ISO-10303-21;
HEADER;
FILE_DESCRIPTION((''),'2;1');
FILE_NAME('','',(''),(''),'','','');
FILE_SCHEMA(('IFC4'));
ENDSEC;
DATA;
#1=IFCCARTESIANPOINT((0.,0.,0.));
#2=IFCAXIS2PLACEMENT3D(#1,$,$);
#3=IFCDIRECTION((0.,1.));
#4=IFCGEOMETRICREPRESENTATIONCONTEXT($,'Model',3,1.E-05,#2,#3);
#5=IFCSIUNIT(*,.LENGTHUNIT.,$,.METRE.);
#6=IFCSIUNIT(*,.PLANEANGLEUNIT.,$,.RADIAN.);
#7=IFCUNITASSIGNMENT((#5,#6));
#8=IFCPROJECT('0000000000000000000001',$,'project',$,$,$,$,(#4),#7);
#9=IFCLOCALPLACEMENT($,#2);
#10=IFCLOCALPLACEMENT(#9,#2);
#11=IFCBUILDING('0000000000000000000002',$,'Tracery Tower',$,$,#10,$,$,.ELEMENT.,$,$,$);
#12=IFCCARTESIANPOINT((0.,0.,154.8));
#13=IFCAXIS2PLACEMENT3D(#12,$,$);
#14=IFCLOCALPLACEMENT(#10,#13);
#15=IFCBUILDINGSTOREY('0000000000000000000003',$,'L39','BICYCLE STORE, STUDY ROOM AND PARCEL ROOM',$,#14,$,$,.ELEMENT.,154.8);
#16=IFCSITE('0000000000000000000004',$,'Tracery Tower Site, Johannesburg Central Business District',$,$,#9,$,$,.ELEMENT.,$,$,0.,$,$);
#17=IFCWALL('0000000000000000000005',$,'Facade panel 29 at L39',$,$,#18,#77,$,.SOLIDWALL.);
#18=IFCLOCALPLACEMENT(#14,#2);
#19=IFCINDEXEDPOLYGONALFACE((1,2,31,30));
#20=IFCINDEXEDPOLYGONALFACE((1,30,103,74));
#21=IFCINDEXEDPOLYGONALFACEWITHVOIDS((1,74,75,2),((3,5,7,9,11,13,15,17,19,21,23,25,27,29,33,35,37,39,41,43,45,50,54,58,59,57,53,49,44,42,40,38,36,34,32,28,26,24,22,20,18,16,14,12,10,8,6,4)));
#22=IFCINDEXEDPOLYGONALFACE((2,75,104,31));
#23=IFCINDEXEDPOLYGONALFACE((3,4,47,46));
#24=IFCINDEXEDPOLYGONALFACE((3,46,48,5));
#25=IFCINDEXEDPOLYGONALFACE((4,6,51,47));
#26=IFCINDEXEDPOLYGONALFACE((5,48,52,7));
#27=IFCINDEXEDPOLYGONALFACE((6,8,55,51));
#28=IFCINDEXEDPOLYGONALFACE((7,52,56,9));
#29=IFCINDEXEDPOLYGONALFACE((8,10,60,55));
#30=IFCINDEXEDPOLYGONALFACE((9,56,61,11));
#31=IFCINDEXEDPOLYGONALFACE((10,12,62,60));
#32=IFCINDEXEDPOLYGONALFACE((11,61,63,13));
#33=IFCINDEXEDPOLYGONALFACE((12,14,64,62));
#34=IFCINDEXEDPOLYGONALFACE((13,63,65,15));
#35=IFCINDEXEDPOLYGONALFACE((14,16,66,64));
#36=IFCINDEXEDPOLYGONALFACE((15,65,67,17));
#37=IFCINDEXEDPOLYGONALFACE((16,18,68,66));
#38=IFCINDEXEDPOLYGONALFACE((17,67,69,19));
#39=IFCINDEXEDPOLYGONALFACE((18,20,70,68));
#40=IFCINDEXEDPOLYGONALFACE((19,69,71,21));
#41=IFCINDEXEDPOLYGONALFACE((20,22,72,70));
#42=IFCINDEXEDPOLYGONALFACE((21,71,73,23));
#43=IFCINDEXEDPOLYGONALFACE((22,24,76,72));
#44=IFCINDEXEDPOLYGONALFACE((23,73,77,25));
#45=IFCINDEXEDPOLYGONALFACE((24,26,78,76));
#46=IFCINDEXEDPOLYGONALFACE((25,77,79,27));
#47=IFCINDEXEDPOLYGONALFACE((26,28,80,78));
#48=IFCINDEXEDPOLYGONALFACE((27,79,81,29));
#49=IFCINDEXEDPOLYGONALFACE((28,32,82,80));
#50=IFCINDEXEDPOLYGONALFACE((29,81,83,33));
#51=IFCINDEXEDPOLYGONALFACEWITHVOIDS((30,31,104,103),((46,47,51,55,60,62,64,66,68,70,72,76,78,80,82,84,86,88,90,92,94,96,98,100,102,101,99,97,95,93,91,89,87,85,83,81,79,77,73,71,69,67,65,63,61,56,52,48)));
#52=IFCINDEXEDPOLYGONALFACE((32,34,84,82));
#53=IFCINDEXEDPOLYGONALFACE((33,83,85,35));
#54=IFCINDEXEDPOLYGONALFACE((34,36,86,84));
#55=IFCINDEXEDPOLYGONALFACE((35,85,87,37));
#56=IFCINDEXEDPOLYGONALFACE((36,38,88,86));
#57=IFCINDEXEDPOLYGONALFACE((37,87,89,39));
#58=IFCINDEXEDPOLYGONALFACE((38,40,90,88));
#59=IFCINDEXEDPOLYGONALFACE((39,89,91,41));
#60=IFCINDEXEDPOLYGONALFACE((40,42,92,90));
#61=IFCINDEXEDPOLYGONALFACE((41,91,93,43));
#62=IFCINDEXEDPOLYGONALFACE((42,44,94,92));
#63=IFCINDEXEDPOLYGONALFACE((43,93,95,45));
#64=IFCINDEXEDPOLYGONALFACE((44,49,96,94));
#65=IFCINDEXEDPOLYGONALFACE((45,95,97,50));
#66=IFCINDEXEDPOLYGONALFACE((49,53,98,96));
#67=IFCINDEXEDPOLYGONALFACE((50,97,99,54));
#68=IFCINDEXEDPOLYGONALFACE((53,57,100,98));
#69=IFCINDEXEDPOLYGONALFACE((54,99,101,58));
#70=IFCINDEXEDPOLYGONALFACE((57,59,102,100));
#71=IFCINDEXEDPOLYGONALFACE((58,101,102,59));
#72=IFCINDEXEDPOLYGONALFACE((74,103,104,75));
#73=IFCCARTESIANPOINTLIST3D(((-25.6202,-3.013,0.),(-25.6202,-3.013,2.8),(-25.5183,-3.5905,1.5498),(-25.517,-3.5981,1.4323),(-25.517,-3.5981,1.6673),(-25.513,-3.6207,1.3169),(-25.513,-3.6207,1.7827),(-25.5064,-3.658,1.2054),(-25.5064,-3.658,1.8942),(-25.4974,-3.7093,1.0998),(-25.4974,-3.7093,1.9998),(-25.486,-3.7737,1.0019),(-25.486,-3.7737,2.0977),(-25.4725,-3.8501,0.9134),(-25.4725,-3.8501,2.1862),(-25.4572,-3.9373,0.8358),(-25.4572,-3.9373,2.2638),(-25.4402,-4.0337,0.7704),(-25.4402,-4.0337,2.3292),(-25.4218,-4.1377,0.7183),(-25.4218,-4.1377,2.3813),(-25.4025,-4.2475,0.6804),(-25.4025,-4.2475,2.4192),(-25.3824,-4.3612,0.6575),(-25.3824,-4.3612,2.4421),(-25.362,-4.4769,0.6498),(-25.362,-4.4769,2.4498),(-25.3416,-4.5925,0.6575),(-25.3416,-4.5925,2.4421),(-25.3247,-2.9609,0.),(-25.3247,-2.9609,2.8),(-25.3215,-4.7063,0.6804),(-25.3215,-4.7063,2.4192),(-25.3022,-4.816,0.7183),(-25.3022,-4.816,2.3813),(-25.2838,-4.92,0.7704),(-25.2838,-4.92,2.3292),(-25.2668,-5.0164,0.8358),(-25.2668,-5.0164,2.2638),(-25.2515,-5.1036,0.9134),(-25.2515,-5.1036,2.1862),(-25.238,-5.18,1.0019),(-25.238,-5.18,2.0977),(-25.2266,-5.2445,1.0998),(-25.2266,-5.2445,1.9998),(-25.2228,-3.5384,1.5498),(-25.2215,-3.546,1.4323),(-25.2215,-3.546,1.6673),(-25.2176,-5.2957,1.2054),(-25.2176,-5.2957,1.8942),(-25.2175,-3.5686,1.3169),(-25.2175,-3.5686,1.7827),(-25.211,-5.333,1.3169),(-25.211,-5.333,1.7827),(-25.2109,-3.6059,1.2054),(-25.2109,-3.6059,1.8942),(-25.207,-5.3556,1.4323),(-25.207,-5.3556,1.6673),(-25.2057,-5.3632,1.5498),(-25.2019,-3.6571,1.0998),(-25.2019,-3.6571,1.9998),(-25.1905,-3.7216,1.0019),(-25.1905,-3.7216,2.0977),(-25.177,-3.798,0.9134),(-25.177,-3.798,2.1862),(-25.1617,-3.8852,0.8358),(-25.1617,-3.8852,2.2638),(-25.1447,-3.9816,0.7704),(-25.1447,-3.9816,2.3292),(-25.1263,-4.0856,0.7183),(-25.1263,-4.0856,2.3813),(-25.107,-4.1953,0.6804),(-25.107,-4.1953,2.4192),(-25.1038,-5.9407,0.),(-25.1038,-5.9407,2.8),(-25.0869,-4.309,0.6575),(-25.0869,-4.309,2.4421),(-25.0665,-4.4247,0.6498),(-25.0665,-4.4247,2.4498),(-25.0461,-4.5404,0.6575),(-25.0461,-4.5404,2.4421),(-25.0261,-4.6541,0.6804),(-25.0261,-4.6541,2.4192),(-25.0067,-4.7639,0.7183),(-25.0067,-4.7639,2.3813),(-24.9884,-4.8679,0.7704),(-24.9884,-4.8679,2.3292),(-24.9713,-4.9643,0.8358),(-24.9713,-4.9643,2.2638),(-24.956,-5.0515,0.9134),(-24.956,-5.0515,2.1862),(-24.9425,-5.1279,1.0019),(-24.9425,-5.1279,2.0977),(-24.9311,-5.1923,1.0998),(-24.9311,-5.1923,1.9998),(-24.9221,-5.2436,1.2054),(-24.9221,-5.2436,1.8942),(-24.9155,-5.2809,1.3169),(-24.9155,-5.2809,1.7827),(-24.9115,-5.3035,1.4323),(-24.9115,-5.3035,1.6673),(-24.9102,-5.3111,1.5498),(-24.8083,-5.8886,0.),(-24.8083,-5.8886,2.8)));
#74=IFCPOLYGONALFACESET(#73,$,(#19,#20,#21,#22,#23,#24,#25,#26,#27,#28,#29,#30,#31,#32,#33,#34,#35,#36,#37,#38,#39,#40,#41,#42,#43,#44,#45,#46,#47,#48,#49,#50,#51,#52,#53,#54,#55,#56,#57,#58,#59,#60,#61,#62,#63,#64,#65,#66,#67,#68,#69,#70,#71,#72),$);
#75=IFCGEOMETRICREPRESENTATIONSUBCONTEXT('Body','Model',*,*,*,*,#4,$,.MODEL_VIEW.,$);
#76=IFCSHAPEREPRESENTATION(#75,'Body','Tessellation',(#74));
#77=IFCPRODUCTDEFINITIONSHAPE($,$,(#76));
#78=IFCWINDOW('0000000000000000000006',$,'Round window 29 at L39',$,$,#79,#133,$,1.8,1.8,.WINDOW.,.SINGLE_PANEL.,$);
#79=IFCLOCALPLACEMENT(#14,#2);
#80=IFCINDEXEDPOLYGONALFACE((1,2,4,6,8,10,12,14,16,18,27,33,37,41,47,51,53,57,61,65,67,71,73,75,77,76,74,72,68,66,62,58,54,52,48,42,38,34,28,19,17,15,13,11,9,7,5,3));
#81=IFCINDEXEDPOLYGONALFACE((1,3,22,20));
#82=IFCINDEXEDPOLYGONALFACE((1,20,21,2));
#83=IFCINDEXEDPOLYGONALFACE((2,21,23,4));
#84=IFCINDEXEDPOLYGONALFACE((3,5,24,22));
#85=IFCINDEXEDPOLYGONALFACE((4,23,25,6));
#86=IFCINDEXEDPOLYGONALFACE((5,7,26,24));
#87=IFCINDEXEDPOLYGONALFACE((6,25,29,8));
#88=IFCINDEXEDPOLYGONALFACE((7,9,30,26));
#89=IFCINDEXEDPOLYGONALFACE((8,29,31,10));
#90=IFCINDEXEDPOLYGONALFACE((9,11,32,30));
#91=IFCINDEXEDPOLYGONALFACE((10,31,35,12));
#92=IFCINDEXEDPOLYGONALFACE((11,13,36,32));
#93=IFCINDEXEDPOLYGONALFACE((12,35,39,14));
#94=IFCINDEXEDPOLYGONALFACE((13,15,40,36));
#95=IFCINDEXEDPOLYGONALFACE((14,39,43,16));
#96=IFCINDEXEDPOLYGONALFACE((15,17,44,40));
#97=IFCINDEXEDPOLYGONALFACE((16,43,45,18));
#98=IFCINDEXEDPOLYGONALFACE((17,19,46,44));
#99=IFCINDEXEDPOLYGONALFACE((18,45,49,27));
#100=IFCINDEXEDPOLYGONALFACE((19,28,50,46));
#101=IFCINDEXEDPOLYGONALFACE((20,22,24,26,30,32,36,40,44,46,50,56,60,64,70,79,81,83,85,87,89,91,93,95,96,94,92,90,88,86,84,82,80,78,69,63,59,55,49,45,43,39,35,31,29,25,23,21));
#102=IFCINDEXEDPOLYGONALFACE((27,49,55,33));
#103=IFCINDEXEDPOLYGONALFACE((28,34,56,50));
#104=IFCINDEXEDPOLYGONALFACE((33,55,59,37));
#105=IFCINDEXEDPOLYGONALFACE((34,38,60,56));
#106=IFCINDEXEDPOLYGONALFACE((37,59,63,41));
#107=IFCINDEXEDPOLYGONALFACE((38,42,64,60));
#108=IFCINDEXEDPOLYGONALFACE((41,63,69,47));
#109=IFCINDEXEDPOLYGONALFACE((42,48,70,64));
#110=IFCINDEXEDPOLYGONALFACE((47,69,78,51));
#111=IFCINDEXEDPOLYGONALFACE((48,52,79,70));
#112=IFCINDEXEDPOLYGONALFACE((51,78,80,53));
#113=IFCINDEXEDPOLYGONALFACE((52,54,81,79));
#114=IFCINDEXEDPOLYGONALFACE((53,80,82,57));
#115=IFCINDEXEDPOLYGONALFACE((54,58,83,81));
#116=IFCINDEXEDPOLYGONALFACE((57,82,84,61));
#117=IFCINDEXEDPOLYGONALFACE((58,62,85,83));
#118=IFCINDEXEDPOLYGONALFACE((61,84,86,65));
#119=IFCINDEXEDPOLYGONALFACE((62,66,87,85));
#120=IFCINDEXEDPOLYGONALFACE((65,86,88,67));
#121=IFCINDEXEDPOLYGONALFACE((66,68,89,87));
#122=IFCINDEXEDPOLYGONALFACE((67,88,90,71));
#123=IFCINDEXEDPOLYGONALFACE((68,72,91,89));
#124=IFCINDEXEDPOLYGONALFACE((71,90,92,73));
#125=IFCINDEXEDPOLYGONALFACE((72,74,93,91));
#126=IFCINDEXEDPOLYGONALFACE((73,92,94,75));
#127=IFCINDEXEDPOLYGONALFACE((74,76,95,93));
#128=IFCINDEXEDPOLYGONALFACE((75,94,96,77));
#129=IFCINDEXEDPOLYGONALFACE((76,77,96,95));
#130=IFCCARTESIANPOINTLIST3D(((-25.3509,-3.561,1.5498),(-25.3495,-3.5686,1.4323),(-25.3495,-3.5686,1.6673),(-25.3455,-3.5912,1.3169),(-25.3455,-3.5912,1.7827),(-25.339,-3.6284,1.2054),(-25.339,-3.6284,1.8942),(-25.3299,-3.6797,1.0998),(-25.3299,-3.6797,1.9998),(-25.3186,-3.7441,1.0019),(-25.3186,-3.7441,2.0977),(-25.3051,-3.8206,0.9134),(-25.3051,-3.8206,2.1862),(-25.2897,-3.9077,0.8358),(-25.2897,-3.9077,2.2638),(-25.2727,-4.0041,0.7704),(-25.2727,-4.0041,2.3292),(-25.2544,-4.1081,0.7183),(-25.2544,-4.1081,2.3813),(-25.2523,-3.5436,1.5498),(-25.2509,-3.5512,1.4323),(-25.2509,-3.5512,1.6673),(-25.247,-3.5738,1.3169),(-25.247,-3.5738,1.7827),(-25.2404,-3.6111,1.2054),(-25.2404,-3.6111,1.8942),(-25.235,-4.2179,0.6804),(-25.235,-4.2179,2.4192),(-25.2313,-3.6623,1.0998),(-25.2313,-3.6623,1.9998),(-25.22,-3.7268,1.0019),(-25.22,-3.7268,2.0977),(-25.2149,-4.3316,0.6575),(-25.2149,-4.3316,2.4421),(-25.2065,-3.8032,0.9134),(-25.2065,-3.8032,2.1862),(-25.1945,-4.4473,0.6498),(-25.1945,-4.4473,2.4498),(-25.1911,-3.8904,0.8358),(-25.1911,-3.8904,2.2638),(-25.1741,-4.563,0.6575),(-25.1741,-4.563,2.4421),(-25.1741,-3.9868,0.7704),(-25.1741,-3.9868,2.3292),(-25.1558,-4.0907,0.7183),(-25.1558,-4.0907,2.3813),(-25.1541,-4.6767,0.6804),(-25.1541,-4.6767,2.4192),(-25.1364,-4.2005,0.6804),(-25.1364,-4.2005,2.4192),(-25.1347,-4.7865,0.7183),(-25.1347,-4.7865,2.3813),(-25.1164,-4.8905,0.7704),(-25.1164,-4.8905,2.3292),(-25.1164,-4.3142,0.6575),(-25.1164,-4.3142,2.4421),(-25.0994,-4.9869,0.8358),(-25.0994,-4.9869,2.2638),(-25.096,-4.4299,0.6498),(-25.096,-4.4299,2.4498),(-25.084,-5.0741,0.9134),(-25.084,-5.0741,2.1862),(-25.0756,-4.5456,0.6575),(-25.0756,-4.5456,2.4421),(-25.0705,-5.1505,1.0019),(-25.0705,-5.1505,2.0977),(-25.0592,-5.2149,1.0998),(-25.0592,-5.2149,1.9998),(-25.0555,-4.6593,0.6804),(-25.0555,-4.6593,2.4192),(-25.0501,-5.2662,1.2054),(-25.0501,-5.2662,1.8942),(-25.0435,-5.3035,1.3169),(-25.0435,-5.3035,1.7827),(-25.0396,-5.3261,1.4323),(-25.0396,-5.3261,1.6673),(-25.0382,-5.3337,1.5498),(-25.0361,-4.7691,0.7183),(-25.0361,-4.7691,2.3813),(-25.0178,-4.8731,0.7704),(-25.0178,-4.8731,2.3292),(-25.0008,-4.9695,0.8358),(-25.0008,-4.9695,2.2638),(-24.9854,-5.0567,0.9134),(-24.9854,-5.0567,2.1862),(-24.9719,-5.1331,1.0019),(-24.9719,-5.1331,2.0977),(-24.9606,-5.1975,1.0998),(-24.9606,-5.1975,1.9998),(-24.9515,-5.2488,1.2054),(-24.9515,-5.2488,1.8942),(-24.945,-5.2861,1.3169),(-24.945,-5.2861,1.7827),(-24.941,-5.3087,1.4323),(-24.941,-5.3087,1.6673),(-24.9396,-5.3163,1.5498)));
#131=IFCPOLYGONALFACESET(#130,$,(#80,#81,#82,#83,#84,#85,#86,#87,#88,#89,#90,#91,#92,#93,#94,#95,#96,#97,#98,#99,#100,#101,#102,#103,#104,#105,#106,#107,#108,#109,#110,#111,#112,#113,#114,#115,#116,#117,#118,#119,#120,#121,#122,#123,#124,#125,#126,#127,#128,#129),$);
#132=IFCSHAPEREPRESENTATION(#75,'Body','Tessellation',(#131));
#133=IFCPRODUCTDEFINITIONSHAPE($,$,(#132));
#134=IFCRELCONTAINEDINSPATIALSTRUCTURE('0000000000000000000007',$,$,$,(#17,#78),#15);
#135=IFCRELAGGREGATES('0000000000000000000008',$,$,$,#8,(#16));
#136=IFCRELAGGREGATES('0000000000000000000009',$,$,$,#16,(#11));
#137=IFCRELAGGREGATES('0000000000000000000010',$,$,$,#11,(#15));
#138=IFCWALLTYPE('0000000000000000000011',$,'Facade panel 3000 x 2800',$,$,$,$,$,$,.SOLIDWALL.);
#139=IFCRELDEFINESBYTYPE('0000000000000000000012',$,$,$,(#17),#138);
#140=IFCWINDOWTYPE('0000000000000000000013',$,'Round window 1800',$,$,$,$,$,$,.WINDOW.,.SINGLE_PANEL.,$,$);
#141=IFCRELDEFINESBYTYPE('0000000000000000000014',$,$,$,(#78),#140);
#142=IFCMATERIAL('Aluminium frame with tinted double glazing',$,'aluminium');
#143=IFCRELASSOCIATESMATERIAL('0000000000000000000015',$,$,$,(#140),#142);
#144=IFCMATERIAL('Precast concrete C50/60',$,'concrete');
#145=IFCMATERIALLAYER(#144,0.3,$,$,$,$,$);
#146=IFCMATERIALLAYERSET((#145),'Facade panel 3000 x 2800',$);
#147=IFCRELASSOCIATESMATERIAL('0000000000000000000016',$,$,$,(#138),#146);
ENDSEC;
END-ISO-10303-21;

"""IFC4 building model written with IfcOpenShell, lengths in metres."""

from ifc_helpers import new_model, si_unit, direction, frame, frame_2d, origin, origin_2d, place, context, subcontext, project, spatial, rectangle, circle, extrude, material, layer, layer_set, type_object, element, fill, save


model = new_model("IFC4")

# Units and contexts
model_context = context("Model", 3, precision=1e-05, world=origin(), true_north=direction((0.0, 1.0)))
body_context = subcontext(model_context, "Body", "Model", "MODEL_VIEW")
ifc_project = project(units=[si_unit("LENGTHUNIT", "METRE"), si_unit("PLANEANGLEUNIT", "RADIAN")], contexts=[model_context])

# Site, building, storey
site_placement = place(None, origin())
site = spatial("IfcSite", under=ifc_project, at=site_placement, Name="Tracery Tower Site, Johannesburg Central Business District", CompositionType="ELEMENT", RefElevation=0.0)
building_placement = place(site_placement, origin())
building = spatial("IfcBuilding", under=site, at=building_placement, Name="Tracery Tower", CompositionType="ELEMENT")
storey_placement = place(building_placement, frame((0.0, 0.0, 154.8)))
storey = spatial("IfcBuildingStorey", under=building, at=storey_placement, Name="L39", Description="BICYCLE STORE, STUDY ROOM AND PARCEL ROOM", CompositionType="ELEMENT", Elevation=154.8)

# Wall, opening, window
ifc_material_1 = material(Name="Aluminium frame with tinted double glazing", Category="aluminium")
window_type = type_object("IfcWindowType", Name="Round window 1800", PartitioningType="SINGLE_PANEL", PredefinedType="WINDOW", material=ifc_material_1)
ifc_material_2 = material(Name="Precast concrete C50/60", Category="concrete")
ifc_layer_1 = layer(ifc_material_2, 0.3)
ifc_layer_set_1 = layer_set([ifc_layer_1], Name="Facade panel 3000 x 2800")
wall_type_1 = type_object("IfcWallType", Name="Facade panel 3000 x 2800", PredefinedType="SOLIDWALL", material=ifc_layer_set_1)
wall_1_placement = place(storey_placement, frame((-25.4724, -2.9871, 0.0), z_axis=(0.0, 0.0, 1.0), x_axis=(0.173687, -0.984801, 0.0)))
wall_1 = element("IfcWall", 1, at=wall_1_placement, inside=storey, type_object=wall_type_1, Name="Facade panel 29 at L39", PredefinedType="SOLIDWALL", context=body_context, shape_type="SweptSolid", body=[
    extrude(rectangle(XDim=2.9729, YDim=0.3, at=frame_2d((1.4863, 0.0))), origin(), (0.0, 0.0, 1.0), 2.8),
])
opening_1_placement = place(wall_1_placement, frame((1.4863, 0.0, 1.5498)))
opening_1 = element("IfcOpeningElement", 2, at=opening_1_placement, cuts=wall_1, PredefinedType="OPENING", context=body_context, shape_type="SweptSolid", body=[
    extrude(circle(Radius=0.9, at=origin_2d()), frame((0.0, 0.1599, 0.0), z_axis=(0.0, -1.0, 0.0), x_axis=(1.0, 0.0, 0.0)), (0.0, 0.0, 1.0), 0.3201),
])
window_1_placement = place(opening_1_placement, origin())
window_1 = element("IfcWindow", 3, at=window_1_placement, inside=storey, type_object=window_type, Name="Round window 29 at L39", OverallHeight=1.8, OverallWidth=1.8, PartitioningType="SINGLE_PANEL", PredefinedType="WINDOW", context=body_context, shape_type="SweptSolid", body=[
    extrude(circle(Radius=0.9, at=origin_2d()), frame((0.0, 0.1201, 0.0), z_axis=(0.0, -1.0, 0.0), x_axis=(1.0, 0.0, 0.0)), (0.0, 0.0, 1.0), 0.1001),
])
fill(opening_1, window_1)

save(model, "model.ifc")
